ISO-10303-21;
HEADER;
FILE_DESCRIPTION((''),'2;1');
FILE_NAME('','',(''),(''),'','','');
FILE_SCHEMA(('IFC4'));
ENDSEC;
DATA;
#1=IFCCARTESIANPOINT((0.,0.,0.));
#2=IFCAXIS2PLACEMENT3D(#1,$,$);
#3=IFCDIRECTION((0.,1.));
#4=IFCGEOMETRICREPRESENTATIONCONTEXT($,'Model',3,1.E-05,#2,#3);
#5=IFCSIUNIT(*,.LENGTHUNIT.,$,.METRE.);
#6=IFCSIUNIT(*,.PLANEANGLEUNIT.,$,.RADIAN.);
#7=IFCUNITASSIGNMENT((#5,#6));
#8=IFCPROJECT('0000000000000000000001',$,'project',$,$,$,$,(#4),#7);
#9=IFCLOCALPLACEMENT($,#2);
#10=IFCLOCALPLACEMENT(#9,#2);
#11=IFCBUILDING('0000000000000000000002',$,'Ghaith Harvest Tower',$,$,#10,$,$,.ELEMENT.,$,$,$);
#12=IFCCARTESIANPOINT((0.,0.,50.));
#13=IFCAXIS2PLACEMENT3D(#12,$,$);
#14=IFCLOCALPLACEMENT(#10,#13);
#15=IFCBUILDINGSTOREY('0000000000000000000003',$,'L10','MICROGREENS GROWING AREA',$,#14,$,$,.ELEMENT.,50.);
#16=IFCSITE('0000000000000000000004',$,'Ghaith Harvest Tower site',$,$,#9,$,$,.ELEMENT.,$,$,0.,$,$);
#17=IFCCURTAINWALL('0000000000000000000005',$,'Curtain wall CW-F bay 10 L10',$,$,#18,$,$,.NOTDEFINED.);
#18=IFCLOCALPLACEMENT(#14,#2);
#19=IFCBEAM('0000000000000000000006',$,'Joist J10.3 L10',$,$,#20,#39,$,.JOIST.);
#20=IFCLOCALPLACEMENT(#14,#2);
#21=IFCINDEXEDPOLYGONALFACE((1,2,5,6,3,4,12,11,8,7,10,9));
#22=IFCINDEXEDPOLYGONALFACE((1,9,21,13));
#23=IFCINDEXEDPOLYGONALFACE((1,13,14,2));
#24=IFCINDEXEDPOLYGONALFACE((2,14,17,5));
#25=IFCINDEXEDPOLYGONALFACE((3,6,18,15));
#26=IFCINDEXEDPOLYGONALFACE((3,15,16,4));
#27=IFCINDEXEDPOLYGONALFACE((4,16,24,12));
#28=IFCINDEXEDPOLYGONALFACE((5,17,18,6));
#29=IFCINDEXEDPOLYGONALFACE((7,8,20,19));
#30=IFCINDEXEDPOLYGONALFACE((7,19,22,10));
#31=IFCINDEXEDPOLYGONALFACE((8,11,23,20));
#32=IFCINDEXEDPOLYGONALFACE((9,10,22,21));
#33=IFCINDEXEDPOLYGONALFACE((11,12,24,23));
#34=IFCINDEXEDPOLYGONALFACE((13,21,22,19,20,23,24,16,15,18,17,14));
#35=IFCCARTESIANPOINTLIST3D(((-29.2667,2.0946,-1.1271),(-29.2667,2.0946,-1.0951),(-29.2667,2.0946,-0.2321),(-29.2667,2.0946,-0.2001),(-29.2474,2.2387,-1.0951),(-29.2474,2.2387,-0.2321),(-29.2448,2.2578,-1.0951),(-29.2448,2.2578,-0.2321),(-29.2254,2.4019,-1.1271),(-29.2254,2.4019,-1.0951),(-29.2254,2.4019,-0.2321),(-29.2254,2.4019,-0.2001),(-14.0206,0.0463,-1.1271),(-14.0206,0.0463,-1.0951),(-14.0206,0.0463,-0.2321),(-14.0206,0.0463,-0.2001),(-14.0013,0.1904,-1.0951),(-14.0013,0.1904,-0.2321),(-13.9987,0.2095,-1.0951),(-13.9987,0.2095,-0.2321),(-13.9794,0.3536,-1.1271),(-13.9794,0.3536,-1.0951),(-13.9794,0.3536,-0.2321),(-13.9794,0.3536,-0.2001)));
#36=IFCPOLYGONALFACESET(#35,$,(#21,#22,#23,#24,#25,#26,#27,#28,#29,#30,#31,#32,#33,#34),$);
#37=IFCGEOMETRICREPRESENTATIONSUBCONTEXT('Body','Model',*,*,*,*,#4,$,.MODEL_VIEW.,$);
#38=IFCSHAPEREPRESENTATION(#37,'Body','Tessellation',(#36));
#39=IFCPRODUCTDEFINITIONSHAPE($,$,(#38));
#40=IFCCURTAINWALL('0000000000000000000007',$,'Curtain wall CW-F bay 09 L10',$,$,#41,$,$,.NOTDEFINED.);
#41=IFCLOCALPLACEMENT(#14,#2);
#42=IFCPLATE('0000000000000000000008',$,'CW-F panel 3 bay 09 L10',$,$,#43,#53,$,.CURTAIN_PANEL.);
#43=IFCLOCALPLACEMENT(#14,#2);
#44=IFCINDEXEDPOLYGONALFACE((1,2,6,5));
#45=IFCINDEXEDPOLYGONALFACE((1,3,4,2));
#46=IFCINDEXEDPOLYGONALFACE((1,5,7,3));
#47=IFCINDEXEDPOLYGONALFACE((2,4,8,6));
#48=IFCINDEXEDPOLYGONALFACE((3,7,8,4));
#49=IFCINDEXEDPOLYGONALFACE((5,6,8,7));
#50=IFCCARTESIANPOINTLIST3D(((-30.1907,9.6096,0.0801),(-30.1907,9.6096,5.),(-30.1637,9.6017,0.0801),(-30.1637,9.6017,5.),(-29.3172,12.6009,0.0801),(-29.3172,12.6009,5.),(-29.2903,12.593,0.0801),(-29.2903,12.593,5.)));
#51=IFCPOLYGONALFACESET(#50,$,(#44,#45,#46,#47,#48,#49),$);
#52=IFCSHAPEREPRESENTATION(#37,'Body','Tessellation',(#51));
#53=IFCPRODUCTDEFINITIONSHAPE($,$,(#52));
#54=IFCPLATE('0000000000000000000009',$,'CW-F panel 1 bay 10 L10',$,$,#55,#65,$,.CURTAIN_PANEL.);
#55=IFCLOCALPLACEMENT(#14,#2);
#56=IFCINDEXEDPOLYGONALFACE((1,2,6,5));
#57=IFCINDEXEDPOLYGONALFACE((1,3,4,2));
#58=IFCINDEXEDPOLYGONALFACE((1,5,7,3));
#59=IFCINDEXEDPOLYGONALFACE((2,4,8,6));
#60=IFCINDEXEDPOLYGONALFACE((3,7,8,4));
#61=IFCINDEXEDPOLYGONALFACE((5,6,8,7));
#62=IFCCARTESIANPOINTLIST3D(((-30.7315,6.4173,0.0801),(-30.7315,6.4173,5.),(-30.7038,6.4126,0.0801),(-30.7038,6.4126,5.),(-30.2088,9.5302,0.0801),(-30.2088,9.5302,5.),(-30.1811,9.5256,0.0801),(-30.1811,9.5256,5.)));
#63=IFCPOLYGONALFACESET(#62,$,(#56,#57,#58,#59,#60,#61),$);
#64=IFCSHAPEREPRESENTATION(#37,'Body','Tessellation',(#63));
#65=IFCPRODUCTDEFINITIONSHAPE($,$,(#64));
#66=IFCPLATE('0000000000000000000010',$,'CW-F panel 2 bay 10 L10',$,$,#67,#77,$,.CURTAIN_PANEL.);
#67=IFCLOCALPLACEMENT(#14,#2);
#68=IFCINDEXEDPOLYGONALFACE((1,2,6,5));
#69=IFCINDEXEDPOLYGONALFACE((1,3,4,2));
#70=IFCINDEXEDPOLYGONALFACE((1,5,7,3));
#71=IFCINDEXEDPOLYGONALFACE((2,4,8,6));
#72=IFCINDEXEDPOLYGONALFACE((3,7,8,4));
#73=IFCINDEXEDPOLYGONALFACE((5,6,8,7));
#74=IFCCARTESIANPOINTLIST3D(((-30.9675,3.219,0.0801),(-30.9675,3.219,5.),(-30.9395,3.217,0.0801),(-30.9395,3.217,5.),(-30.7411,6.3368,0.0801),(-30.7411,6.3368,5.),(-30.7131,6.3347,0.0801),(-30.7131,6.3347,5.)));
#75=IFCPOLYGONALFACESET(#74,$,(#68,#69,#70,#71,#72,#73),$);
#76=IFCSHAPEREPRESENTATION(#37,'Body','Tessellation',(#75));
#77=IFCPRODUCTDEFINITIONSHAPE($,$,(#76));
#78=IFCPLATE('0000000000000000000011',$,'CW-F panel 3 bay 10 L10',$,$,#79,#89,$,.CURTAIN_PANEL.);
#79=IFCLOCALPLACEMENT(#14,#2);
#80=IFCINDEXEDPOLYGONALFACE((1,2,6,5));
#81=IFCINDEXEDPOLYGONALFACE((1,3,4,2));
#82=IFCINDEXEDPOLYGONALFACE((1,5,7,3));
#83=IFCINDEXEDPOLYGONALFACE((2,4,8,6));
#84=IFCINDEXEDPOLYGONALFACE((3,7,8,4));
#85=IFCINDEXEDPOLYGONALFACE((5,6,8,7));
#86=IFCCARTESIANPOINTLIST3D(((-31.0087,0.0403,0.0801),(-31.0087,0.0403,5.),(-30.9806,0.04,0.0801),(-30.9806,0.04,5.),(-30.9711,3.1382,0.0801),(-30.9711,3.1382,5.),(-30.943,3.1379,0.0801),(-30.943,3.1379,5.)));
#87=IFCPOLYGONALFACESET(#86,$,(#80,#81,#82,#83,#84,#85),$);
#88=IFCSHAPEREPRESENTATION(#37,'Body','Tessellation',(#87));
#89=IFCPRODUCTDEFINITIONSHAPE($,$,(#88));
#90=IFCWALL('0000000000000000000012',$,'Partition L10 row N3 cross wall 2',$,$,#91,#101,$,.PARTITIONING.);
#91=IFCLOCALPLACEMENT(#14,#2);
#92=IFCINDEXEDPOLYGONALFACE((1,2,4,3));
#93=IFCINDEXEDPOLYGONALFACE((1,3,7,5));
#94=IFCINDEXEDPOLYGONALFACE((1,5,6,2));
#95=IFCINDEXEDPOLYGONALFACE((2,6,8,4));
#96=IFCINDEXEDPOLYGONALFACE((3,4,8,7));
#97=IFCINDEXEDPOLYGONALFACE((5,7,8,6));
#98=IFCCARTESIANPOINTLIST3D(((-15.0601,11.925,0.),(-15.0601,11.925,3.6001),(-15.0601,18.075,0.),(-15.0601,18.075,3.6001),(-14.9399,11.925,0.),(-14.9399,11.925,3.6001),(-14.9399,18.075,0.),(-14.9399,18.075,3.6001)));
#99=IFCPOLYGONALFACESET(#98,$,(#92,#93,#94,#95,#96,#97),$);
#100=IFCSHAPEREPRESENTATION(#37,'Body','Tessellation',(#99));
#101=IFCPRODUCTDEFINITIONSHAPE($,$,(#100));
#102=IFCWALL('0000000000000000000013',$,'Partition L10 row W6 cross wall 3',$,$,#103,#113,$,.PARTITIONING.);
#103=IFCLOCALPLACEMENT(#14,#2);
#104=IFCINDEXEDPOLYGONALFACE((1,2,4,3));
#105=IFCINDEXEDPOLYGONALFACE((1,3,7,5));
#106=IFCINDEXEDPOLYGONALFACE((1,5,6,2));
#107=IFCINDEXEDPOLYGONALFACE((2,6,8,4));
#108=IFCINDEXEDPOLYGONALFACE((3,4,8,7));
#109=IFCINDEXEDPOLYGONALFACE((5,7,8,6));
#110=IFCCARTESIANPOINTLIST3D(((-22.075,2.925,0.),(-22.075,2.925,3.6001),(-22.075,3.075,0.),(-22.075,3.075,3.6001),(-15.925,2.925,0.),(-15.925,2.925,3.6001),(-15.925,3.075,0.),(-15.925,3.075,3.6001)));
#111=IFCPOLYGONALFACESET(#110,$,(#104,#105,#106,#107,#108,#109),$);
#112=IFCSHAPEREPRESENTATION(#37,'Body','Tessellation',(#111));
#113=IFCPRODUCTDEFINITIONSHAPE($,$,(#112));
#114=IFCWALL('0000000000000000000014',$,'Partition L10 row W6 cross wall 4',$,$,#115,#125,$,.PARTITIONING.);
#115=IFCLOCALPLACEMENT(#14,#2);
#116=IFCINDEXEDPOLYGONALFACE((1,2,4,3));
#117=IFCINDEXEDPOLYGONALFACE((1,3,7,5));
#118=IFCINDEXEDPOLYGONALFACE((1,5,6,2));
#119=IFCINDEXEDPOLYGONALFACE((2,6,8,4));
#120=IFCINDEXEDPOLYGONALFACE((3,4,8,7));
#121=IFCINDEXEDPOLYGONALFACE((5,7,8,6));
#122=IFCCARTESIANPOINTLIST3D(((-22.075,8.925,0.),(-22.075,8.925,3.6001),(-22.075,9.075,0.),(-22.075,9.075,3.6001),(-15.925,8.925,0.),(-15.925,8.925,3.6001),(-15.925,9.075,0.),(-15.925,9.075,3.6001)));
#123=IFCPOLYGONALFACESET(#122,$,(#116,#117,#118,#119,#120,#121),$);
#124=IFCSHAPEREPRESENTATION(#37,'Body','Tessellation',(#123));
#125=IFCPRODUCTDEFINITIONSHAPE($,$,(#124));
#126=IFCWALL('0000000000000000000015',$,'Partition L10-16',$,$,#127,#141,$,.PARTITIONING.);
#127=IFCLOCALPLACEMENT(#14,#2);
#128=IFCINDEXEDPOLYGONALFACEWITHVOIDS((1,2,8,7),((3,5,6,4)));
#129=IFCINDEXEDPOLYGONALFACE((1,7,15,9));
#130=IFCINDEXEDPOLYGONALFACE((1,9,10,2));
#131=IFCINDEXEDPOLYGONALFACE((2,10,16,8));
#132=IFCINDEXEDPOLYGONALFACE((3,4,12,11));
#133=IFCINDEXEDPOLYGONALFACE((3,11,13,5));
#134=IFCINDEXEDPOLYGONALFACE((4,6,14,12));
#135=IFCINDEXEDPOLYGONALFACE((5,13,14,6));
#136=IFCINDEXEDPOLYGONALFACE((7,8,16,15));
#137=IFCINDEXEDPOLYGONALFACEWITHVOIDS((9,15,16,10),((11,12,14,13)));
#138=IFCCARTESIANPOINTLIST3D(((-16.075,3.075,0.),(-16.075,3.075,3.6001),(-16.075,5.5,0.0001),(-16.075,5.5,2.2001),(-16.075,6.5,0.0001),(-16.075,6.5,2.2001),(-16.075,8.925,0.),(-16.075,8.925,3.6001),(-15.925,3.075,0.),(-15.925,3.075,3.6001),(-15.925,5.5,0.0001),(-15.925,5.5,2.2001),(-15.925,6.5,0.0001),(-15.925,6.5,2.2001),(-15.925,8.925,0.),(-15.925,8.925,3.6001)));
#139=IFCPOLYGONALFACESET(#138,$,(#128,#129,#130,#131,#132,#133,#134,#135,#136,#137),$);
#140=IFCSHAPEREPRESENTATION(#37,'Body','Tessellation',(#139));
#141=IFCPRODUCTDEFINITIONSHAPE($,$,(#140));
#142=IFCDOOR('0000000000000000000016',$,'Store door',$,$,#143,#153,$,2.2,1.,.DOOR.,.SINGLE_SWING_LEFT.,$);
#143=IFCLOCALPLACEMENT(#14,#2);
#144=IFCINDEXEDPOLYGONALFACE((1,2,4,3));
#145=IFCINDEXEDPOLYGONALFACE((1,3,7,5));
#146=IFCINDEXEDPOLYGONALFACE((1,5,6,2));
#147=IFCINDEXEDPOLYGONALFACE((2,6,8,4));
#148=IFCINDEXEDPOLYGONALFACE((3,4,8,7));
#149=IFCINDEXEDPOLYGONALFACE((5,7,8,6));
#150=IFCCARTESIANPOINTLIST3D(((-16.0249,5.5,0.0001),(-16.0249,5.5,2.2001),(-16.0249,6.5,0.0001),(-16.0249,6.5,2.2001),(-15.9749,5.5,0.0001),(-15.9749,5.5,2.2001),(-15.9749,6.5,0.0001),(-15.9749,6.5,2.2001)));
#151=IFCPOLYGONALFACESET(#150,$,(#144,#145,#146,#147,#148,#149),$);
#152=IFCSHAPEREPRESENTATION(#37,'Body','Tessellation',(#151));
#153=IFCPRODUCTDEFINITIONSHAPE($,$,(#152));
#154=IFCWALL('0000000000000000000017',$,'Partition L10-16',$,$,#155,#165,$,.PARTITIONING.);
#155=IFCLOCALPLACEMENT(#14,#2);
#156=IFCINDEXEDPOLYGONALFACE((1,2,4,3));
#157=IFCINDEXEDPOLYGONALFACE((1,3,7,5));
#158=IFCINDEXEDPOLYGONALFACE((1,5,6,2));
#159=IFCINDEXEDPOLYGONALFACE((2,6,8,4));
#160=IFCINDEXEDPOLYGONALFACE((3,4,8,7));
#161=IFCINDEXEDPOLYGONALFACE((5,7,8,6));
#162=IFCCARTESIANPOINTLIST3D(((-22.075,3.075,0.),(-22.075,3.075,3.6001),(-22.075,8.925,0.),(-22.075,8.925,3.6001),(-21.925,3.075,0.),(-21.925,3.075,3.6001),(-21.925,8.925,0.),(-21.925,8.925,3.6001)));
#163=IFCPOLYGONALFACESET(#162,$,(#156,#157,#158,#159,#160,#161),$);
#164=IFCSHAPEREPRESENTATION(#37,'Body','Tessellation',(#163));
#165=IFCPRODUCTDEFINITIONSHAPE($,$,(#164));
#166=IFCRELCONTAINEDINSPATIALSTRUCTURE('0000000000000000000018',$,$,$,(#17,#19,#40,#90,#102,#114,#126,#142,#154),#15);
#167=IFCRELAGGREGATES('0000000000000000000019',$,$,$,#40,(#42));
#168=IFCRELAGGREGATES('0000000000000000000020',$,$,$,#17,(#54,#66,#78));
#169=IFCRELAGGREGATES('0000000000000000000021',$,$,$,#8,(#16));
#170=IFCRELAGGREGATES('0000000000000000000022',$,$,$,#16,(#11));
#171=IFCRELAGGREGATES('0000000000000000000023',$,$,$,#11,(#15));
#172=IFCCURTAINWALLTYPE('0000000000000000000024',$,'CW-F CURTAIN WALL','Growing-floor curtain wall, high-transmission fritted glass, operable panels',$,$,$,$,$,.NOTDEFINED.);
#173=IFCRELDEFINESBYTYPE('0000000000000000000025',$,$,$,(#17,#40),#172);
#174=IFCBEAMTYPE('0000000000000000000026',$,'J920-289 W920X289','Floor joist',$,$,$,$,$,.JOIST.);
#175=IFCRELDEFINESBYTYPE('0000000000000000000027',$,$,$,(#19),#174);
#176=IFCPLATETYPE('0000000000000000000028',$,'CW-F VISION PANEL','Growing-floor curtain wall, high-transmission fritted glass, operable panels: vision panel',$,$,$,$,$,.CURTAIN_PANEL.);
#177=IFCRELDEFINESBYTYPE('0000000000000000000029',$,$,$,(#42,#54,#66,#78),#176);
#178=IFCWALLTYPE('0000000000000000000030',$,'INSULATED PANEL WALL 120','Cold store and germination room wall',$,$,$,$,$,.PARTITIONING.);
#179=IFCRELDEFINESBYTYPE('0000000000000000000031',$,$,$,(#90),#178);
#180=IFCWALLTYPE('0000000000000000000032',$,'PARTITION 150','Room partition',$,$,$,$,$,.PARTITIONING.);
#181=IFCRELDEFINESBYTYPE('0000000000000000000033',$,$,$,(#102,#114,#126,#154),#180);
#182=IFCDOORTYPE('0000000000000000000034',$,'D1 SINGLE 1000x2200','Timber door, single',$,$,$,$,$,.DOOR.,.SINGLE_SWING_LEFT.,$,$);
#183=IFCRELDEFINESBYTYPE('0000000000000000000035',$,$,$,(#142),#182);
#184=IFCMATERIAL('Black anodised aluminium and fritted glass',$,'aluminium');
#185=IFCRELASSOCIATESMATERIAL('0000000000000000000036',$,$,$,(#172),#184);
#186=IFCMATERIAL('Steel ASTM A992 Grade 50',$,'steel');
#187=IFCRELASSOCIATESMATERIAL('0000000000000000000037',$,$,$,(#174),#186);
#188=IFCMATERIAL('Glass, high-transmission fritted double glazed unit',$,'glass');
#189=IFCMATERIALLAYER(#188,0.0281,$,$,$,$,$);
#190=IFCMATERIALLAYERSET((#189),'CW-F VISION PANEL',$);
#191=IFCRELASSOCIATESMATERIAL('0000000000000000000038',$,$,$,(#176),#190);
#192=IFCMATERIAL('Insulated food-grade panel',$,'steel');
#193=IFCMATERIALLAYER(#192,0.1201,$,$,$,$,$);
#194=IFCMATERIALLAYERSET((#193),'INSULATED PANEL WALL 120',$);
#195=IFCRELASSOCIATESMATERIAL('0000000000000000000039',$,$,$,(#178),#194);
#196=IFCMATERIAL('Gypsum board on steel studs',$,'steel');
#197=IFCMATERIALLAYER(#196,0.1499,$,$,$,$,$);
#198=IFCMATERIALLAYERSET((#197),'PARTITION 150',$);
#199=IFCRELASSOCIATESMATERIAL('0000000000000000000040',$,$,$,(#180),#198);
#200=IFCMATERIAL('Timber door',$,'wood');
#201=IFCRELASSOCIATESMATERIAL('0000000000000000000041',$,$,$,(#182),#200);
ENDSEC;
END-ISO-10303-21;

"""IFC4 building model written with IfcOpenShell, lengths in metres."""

from ifc_helpers import new_model, si_unit, direction, frame, frame_2d, origin, origin_2d, place, context, subcontext, project, spatial, rectangle, i_section, extrude, material, layer, layer_set, material_profile, profile_set, type_object, element, fill, aggregate, save


model = new_model("IFC4")

# Units and contexts
model_context = context("Model", 3, precision=1e-05, world=origin(), true_north=direction((0.0, 1.0)))
body_context = subcontext(model_context, "Body", "Model", "MODEL_VIEW")
ifc_project = project(units=[si_unit("LENGTHUNIT", "METRE"), si_unit("PLANEANGLEUNIT", "RADIAN")], contexts=[model_context])

# Site, building, storey
site_placement = place(None, origin())
site = spatial("IfcSite", under=ifc_project, at=site_placement, Name="Ghaith Harvest Tower site", CompositionType="ELEMENT", RefElevation=0.0)
building_placement = place(site_placement, origin())
building = spatial("IfcBuilding", under=site, at=building_placement, Name="Ghaith Harvest Tower", CompositionType="ELEMENT")
storey_placement = place(building_placement, frame((0.0, 0.0, 50.0)))
storey = spatial("IfcBuildingStorey", under=building, at=storey_placement, Name="L10", Description="MICROGREENS GROWING AREA", CompositionType="ELEMENT", Elevation=50.0)

# Curtain wall
ifc_material_1 = material(Name="Black anodised aluminium and fritted glass", Category="aluminium")
curtain_wall_type = type_object("IfcCurtainWallType", Name="CW-F CURTAIN WALL", Description="Growing-floor curtain wall, high-transmission fritted glass, operable panels", PredefinedType="NOTDEFINED", material=ifc_material_1)
curtain_wall_1_placement = place(storey_placement, origin())
curtain_wall_1 = element("IfcCurtainWall", 1, at=curtain_wall_1_placement, inside=storey, type_object=curtain_wall_type, Name="Curtain wall CW-F bay 10 L10", PredefinedType="NOTDEFINED")

# Beam
ifc_material_2 = material(Name="Steel ASTM A992 Grade 50", Category="steel")
ifc_material_profile_1 = material_profile(ifc_material_2, i_section(OverallWidth=0.3101, OverallDepth=0.927, WebThickness=0.0193, FlangeThickness=0.032, at=origin_2d()), Name="W920X289")
ifc_profile_set_1 = profile_set([ifc_material_profile_1], Name="Steel ASTM A992 Grade 50")
beam_type_1 = type_object("IfcBeamType", Name="J920-289 W920X289", Description="Floor joist", PredefinedType="JOIST", material=ifc_profile_set_1)
beam_1_placement = place(storey_placement, frame((-14.0, 0.2, -0.6636), z_axis=(-0.991095, 0.133155, 0.0), x_axis=(-0.133155, -0.991095, 0.0)))
element("IfcBeam", 2, at=beam_1_placement, inside=storey, type_object=beam_type_1, Name="Joist J10.3 L10", PredefinedType="JOIST", context=body_context, shape_type="SweptSolid", body=[
    extrude(i_section(OverallWidth=0.3101, OverallDepth=0.927, WebThickness=0.0193, FlangeThickness=0.032, at=origin_2d()), origin(), (0.0, 0.0, 1.0), 15.3831),
])

# Curtain wall, plate
curtain_wall_2_placement = place(storey_placement, origin())
curtain_wall_2 = element("IfcCurtainWall", 3, at=curtain_wall_2_placement, inside=storey, type_object=curtain_wall_type, Name="Curtain wall CW-F bay 09 L10", PredefinedType="NOTDEFINED")
ifc_material_3 = material(Name="Glass, high-transmission fritted double glazed unit", Category="glass")
ifc_layer_1 = layer(ifc_material_3, 0.0281)
ifc_layer_set_1 = layer_set([ifc_layer_1], Name="CW-F VISION PANEL")
plate_type = type_object("IfcPlateType", Name="CW-F VISION PANEL", Description="Growing-floor curtain wall, high-transmission fritted glass, operable panels: vision panel", PredefinedType="CURTAIN_PANEL", material=ifc_layer_set_1)
plate_1_placement = place(storey_placement, frame((-29.7405, 11.1013, 0.0801), z_axis=(0.0, 0.0, 1.0), x_axis=(-0.280297, -0.959913, 0.0)))
plate_1 = element("IfcPlate", 4, at=plate_1_placement, type_object=plate_type, Name="CW-F panel 3 bay 09 L10", PredefinedType="CURTAIN_PANEL", context=body_context, shape_type="SweptSolid", body=[
    extrude(rectangle(XDim=3.1162, YDim=0.0281, at=origin_2d()), origin(), (0.0, 0.0, 1.0), 4.9199),
])
aggregate(curtain_wall_2, [plate_1])

# Plates
plate_2_placement = place(storey_placement, frame((-30.4563, 7.9714, 0.0801), z_axis=(0.0, 0.0, 1.0), x_axis=(-0.165581, -0.986196, 0.0)))
plate_2 = element("IfcPlate", 5, at=plate_2_placement, type_object=plate_type, Name="CW-F panel 1 bay 10 L10", PredefinedType="CURTAIN_PANEL", context=body_context, shape_type="SweptSolid", body=[
    extrude(rectangle(XDim=3.1565, YDim=0.0281, at=origin_2d()), origin(), (0.0, 0.0, 1.0), 4.9199),
])
plate_3_placement = place(storey_placement, frame((-30.8403, 4.7769, 0.0801), z_axis=(0.0, 0.0, 1.0), x_axis=(-0.072421, -0.997374, 0.0)))
plate_3 = element("IfcPlate", 6, at=plate_3_placement, type_object=plate_type, Name="CW-F panel 2 bay 10 L10", PredefinedType="CURTAIN_PANEL", context=body_context, shape_type="SweptSolid", body=[
    extrude(rectangle(XDim=3.126, YDim=0.0281, at=origin_2d()), origin(), (0.0, 0.0, 1.0), 4.9199),
])
plate_4_placement = place(storey_placement, frame((-30.9758, 1.5891, 0.0801), z_axis=(0.0, 0.0, 1.0), x_axis=(-0.012133, -0.999926, 0.0)))
plate_4 = element("IfcPlate", 7, at=plate_4_placement, type_object=plate_type, Name="CW-F panel 3 bay 10 L10", PredefinedType="CURTAIN_PANEL", context=body_context, shape_type="SweptSolid", body=[
    extrude(rectangle(XDim=3.0981, YDim=0.0281, at=origin_2d()), origin(), (0.0, 0.0, 1.0), 4.9199),
])
aggregate(curtain_wall_1, [plate_2, plate_3, plate_4])

# Walls
ifc_material_4 = material(Name="Insulated food-grade panel", Category="steel")
ifc_layer_2 = layer(ifc_material_4, 0.1201)
ifc_layer_set_2 = layer_set([ifc_layer_2], Name="INSULATED PANEL WALL 120")
wall_type_1 = type_object("IfcWallType", Name="INSULATED PANEL WALL 120", Description="Cold store and germination room wall", PredefinedType="PARTITIONING", material=ifc_layer_set_2)
wall_1_placement = place(storey_placement, frame((-15.0, 11.925, 0.0), z_axis=(0.0, 0.0, 1.0), x_axis=(0.0, 1.0, 0.0)))
element("IfcWall", 8, at=wall_1_placement, inside=storey, type_object=wall_type_1, Name="Partition L10 row N3 cross wall 2", PredefinedType="PARTITIONING", context=body_context, shape_type="SweptSolid", body=[
    extrude(rectangle(XDim=6.1499, YDim=0.1201, at=frame_2d((3.075, 0.0))), origin(), (0.0, 0.0, 1.0), 3.6001),
])
ifc_material_5 = material(Name="Gypsum board on steel studs", Category="steel")
ifc_layer_3 = layer(ifc_material_5, 0.1499)
ifc_layer_set_3 = layer_set([ifc_layer_3], Name="PARTITION 150")
wall_type_2 = type_object("IfcWallType", Name="PARTITION 150", Description="Room partition", PredefinedType="PARTITIONING", material=ifc_layer_set_3)
for number, where, z_axis, x_axis, name in (
    (9, (-15.925, 3.0, 0.0), (0.0, 0.0, 1.0), (-1.0, 0.0, 0.0), "Partition L10 row W6 cross wall 3"),
    (10, (-15.925, 9.0, 0.0), (0.0, 0.0, 1.0), (-1.0, 0.0, 0.0), "Partition L10 row W6 cross wall 4"),
):
    element("IfcWall", number, at=place(storey_placement, frame(where, z_axis=z_axis, x_axis=x_axis)), inside=storey, type_object=wall_type_2, Name=name, PredefinedType="PARTITIONING", context=body_context, shape_type="SweptSolid", body=[
        extrude(rectangle(XDim=6.1499, YDim=0.1499, at=frame_2d((3.075, 0.0))), origin(), (0.0, 0.0, 1.0), 3.6001),
    ])

# Wall, opening, door
wall_2_placement = place(storey_placement, frame((-16.0, 3.075, 0.0), z_axis=(0.0, 0.0, 1.0), x_axis=(0.0, 1.0, 0.0)))
wall_2 = element("IfcWall", 11, at=wall_2_placement, inside=storey, type_object=wall_type_2, Name="Partition L10-16", PredefinedType="PARTITIONING", context=body_context, shape_type="SweptSolid", body=[
    extrude(rectangle(XDim=5.8501, YDim=0.1499, at=frame_2d((2.925, 0.0))), origin(), (0.0, 0.0, 1.0), 3.6001),
])
opening_placement = place(wall_2_placement, frame((2.425, 0.0, 0.0)))
opening = element("IfcOpeningElement", 12, at=opening_placement, cuts=wall_2, PredefinedType="OPENING", context=body_context, shape_type="SweptSolid", body=[
    extrude(rectangle(XDim=1.0, YDim=2.2, at=frame_2d((0.5, 1.1001))), frame((0.0, 0.085, 0.0), z_axis=(0.0, -1.0, 0.0), x_axis=(1.0, 0.0, 0.0)), (0.0, 0.0, 1.0), 0.1699),
])
ifc_material_6 = material(Name="Timber door", Category="wood")
door_type = type_object("IfcDoorType", Name="D1 SINGLE 1000x2200", Description="Timber door, single", OperationType="SINGLE_SWING_LEFT", PredefinedType="DOOR", material=ifc_material_6)
door_placement = place(opening_placement, origin())
door = element("IfcDoor", 13, at=door_placement, inside=storey, type_object=door_type, Name="Store door", OperationType="SINGLE_SWING_LEFT", OverallHeight=2.2, OverallWidth=1.0, PredefinedType="DOOR", context=body_context, shape_type="SweptSolid", body=[
    extrude(rectangle(XDim=1.0, YDim=2.2, at=frame_2d((0.5, 1.1001))), frame((0.0, 0.0249, 0.0), z_axis=(0.0, -1.0, 0.0), x_axis=(1.0, 0.0, 0.0)), (0.0, 0.0, 1.0), 0.05),
])
fill(opening, door)

# Wall
wall_3_placement = place(storey_placement, frame((-22.0, 3.075, 0.0), z_axis=(0.0, 0.0, 1.0), x_axis=(0.0, 1.0, 0.0)))
element("IfcWall", 14, at=wall_3_placement, inside=storey, type_object=wall_type_2, Name="Partition L10-16", PredefinedType="PARTITIONING", context=body_context, shape_type="SweptSolid", body=[
    extrude(rectangle(XDim=5.8501, YDim=0.1499, at=frame_2d((2.925, 0.0))), origin(), (0.0, 0.0, 1.0), 3.6001),
])

save(model, "model.ifc")
